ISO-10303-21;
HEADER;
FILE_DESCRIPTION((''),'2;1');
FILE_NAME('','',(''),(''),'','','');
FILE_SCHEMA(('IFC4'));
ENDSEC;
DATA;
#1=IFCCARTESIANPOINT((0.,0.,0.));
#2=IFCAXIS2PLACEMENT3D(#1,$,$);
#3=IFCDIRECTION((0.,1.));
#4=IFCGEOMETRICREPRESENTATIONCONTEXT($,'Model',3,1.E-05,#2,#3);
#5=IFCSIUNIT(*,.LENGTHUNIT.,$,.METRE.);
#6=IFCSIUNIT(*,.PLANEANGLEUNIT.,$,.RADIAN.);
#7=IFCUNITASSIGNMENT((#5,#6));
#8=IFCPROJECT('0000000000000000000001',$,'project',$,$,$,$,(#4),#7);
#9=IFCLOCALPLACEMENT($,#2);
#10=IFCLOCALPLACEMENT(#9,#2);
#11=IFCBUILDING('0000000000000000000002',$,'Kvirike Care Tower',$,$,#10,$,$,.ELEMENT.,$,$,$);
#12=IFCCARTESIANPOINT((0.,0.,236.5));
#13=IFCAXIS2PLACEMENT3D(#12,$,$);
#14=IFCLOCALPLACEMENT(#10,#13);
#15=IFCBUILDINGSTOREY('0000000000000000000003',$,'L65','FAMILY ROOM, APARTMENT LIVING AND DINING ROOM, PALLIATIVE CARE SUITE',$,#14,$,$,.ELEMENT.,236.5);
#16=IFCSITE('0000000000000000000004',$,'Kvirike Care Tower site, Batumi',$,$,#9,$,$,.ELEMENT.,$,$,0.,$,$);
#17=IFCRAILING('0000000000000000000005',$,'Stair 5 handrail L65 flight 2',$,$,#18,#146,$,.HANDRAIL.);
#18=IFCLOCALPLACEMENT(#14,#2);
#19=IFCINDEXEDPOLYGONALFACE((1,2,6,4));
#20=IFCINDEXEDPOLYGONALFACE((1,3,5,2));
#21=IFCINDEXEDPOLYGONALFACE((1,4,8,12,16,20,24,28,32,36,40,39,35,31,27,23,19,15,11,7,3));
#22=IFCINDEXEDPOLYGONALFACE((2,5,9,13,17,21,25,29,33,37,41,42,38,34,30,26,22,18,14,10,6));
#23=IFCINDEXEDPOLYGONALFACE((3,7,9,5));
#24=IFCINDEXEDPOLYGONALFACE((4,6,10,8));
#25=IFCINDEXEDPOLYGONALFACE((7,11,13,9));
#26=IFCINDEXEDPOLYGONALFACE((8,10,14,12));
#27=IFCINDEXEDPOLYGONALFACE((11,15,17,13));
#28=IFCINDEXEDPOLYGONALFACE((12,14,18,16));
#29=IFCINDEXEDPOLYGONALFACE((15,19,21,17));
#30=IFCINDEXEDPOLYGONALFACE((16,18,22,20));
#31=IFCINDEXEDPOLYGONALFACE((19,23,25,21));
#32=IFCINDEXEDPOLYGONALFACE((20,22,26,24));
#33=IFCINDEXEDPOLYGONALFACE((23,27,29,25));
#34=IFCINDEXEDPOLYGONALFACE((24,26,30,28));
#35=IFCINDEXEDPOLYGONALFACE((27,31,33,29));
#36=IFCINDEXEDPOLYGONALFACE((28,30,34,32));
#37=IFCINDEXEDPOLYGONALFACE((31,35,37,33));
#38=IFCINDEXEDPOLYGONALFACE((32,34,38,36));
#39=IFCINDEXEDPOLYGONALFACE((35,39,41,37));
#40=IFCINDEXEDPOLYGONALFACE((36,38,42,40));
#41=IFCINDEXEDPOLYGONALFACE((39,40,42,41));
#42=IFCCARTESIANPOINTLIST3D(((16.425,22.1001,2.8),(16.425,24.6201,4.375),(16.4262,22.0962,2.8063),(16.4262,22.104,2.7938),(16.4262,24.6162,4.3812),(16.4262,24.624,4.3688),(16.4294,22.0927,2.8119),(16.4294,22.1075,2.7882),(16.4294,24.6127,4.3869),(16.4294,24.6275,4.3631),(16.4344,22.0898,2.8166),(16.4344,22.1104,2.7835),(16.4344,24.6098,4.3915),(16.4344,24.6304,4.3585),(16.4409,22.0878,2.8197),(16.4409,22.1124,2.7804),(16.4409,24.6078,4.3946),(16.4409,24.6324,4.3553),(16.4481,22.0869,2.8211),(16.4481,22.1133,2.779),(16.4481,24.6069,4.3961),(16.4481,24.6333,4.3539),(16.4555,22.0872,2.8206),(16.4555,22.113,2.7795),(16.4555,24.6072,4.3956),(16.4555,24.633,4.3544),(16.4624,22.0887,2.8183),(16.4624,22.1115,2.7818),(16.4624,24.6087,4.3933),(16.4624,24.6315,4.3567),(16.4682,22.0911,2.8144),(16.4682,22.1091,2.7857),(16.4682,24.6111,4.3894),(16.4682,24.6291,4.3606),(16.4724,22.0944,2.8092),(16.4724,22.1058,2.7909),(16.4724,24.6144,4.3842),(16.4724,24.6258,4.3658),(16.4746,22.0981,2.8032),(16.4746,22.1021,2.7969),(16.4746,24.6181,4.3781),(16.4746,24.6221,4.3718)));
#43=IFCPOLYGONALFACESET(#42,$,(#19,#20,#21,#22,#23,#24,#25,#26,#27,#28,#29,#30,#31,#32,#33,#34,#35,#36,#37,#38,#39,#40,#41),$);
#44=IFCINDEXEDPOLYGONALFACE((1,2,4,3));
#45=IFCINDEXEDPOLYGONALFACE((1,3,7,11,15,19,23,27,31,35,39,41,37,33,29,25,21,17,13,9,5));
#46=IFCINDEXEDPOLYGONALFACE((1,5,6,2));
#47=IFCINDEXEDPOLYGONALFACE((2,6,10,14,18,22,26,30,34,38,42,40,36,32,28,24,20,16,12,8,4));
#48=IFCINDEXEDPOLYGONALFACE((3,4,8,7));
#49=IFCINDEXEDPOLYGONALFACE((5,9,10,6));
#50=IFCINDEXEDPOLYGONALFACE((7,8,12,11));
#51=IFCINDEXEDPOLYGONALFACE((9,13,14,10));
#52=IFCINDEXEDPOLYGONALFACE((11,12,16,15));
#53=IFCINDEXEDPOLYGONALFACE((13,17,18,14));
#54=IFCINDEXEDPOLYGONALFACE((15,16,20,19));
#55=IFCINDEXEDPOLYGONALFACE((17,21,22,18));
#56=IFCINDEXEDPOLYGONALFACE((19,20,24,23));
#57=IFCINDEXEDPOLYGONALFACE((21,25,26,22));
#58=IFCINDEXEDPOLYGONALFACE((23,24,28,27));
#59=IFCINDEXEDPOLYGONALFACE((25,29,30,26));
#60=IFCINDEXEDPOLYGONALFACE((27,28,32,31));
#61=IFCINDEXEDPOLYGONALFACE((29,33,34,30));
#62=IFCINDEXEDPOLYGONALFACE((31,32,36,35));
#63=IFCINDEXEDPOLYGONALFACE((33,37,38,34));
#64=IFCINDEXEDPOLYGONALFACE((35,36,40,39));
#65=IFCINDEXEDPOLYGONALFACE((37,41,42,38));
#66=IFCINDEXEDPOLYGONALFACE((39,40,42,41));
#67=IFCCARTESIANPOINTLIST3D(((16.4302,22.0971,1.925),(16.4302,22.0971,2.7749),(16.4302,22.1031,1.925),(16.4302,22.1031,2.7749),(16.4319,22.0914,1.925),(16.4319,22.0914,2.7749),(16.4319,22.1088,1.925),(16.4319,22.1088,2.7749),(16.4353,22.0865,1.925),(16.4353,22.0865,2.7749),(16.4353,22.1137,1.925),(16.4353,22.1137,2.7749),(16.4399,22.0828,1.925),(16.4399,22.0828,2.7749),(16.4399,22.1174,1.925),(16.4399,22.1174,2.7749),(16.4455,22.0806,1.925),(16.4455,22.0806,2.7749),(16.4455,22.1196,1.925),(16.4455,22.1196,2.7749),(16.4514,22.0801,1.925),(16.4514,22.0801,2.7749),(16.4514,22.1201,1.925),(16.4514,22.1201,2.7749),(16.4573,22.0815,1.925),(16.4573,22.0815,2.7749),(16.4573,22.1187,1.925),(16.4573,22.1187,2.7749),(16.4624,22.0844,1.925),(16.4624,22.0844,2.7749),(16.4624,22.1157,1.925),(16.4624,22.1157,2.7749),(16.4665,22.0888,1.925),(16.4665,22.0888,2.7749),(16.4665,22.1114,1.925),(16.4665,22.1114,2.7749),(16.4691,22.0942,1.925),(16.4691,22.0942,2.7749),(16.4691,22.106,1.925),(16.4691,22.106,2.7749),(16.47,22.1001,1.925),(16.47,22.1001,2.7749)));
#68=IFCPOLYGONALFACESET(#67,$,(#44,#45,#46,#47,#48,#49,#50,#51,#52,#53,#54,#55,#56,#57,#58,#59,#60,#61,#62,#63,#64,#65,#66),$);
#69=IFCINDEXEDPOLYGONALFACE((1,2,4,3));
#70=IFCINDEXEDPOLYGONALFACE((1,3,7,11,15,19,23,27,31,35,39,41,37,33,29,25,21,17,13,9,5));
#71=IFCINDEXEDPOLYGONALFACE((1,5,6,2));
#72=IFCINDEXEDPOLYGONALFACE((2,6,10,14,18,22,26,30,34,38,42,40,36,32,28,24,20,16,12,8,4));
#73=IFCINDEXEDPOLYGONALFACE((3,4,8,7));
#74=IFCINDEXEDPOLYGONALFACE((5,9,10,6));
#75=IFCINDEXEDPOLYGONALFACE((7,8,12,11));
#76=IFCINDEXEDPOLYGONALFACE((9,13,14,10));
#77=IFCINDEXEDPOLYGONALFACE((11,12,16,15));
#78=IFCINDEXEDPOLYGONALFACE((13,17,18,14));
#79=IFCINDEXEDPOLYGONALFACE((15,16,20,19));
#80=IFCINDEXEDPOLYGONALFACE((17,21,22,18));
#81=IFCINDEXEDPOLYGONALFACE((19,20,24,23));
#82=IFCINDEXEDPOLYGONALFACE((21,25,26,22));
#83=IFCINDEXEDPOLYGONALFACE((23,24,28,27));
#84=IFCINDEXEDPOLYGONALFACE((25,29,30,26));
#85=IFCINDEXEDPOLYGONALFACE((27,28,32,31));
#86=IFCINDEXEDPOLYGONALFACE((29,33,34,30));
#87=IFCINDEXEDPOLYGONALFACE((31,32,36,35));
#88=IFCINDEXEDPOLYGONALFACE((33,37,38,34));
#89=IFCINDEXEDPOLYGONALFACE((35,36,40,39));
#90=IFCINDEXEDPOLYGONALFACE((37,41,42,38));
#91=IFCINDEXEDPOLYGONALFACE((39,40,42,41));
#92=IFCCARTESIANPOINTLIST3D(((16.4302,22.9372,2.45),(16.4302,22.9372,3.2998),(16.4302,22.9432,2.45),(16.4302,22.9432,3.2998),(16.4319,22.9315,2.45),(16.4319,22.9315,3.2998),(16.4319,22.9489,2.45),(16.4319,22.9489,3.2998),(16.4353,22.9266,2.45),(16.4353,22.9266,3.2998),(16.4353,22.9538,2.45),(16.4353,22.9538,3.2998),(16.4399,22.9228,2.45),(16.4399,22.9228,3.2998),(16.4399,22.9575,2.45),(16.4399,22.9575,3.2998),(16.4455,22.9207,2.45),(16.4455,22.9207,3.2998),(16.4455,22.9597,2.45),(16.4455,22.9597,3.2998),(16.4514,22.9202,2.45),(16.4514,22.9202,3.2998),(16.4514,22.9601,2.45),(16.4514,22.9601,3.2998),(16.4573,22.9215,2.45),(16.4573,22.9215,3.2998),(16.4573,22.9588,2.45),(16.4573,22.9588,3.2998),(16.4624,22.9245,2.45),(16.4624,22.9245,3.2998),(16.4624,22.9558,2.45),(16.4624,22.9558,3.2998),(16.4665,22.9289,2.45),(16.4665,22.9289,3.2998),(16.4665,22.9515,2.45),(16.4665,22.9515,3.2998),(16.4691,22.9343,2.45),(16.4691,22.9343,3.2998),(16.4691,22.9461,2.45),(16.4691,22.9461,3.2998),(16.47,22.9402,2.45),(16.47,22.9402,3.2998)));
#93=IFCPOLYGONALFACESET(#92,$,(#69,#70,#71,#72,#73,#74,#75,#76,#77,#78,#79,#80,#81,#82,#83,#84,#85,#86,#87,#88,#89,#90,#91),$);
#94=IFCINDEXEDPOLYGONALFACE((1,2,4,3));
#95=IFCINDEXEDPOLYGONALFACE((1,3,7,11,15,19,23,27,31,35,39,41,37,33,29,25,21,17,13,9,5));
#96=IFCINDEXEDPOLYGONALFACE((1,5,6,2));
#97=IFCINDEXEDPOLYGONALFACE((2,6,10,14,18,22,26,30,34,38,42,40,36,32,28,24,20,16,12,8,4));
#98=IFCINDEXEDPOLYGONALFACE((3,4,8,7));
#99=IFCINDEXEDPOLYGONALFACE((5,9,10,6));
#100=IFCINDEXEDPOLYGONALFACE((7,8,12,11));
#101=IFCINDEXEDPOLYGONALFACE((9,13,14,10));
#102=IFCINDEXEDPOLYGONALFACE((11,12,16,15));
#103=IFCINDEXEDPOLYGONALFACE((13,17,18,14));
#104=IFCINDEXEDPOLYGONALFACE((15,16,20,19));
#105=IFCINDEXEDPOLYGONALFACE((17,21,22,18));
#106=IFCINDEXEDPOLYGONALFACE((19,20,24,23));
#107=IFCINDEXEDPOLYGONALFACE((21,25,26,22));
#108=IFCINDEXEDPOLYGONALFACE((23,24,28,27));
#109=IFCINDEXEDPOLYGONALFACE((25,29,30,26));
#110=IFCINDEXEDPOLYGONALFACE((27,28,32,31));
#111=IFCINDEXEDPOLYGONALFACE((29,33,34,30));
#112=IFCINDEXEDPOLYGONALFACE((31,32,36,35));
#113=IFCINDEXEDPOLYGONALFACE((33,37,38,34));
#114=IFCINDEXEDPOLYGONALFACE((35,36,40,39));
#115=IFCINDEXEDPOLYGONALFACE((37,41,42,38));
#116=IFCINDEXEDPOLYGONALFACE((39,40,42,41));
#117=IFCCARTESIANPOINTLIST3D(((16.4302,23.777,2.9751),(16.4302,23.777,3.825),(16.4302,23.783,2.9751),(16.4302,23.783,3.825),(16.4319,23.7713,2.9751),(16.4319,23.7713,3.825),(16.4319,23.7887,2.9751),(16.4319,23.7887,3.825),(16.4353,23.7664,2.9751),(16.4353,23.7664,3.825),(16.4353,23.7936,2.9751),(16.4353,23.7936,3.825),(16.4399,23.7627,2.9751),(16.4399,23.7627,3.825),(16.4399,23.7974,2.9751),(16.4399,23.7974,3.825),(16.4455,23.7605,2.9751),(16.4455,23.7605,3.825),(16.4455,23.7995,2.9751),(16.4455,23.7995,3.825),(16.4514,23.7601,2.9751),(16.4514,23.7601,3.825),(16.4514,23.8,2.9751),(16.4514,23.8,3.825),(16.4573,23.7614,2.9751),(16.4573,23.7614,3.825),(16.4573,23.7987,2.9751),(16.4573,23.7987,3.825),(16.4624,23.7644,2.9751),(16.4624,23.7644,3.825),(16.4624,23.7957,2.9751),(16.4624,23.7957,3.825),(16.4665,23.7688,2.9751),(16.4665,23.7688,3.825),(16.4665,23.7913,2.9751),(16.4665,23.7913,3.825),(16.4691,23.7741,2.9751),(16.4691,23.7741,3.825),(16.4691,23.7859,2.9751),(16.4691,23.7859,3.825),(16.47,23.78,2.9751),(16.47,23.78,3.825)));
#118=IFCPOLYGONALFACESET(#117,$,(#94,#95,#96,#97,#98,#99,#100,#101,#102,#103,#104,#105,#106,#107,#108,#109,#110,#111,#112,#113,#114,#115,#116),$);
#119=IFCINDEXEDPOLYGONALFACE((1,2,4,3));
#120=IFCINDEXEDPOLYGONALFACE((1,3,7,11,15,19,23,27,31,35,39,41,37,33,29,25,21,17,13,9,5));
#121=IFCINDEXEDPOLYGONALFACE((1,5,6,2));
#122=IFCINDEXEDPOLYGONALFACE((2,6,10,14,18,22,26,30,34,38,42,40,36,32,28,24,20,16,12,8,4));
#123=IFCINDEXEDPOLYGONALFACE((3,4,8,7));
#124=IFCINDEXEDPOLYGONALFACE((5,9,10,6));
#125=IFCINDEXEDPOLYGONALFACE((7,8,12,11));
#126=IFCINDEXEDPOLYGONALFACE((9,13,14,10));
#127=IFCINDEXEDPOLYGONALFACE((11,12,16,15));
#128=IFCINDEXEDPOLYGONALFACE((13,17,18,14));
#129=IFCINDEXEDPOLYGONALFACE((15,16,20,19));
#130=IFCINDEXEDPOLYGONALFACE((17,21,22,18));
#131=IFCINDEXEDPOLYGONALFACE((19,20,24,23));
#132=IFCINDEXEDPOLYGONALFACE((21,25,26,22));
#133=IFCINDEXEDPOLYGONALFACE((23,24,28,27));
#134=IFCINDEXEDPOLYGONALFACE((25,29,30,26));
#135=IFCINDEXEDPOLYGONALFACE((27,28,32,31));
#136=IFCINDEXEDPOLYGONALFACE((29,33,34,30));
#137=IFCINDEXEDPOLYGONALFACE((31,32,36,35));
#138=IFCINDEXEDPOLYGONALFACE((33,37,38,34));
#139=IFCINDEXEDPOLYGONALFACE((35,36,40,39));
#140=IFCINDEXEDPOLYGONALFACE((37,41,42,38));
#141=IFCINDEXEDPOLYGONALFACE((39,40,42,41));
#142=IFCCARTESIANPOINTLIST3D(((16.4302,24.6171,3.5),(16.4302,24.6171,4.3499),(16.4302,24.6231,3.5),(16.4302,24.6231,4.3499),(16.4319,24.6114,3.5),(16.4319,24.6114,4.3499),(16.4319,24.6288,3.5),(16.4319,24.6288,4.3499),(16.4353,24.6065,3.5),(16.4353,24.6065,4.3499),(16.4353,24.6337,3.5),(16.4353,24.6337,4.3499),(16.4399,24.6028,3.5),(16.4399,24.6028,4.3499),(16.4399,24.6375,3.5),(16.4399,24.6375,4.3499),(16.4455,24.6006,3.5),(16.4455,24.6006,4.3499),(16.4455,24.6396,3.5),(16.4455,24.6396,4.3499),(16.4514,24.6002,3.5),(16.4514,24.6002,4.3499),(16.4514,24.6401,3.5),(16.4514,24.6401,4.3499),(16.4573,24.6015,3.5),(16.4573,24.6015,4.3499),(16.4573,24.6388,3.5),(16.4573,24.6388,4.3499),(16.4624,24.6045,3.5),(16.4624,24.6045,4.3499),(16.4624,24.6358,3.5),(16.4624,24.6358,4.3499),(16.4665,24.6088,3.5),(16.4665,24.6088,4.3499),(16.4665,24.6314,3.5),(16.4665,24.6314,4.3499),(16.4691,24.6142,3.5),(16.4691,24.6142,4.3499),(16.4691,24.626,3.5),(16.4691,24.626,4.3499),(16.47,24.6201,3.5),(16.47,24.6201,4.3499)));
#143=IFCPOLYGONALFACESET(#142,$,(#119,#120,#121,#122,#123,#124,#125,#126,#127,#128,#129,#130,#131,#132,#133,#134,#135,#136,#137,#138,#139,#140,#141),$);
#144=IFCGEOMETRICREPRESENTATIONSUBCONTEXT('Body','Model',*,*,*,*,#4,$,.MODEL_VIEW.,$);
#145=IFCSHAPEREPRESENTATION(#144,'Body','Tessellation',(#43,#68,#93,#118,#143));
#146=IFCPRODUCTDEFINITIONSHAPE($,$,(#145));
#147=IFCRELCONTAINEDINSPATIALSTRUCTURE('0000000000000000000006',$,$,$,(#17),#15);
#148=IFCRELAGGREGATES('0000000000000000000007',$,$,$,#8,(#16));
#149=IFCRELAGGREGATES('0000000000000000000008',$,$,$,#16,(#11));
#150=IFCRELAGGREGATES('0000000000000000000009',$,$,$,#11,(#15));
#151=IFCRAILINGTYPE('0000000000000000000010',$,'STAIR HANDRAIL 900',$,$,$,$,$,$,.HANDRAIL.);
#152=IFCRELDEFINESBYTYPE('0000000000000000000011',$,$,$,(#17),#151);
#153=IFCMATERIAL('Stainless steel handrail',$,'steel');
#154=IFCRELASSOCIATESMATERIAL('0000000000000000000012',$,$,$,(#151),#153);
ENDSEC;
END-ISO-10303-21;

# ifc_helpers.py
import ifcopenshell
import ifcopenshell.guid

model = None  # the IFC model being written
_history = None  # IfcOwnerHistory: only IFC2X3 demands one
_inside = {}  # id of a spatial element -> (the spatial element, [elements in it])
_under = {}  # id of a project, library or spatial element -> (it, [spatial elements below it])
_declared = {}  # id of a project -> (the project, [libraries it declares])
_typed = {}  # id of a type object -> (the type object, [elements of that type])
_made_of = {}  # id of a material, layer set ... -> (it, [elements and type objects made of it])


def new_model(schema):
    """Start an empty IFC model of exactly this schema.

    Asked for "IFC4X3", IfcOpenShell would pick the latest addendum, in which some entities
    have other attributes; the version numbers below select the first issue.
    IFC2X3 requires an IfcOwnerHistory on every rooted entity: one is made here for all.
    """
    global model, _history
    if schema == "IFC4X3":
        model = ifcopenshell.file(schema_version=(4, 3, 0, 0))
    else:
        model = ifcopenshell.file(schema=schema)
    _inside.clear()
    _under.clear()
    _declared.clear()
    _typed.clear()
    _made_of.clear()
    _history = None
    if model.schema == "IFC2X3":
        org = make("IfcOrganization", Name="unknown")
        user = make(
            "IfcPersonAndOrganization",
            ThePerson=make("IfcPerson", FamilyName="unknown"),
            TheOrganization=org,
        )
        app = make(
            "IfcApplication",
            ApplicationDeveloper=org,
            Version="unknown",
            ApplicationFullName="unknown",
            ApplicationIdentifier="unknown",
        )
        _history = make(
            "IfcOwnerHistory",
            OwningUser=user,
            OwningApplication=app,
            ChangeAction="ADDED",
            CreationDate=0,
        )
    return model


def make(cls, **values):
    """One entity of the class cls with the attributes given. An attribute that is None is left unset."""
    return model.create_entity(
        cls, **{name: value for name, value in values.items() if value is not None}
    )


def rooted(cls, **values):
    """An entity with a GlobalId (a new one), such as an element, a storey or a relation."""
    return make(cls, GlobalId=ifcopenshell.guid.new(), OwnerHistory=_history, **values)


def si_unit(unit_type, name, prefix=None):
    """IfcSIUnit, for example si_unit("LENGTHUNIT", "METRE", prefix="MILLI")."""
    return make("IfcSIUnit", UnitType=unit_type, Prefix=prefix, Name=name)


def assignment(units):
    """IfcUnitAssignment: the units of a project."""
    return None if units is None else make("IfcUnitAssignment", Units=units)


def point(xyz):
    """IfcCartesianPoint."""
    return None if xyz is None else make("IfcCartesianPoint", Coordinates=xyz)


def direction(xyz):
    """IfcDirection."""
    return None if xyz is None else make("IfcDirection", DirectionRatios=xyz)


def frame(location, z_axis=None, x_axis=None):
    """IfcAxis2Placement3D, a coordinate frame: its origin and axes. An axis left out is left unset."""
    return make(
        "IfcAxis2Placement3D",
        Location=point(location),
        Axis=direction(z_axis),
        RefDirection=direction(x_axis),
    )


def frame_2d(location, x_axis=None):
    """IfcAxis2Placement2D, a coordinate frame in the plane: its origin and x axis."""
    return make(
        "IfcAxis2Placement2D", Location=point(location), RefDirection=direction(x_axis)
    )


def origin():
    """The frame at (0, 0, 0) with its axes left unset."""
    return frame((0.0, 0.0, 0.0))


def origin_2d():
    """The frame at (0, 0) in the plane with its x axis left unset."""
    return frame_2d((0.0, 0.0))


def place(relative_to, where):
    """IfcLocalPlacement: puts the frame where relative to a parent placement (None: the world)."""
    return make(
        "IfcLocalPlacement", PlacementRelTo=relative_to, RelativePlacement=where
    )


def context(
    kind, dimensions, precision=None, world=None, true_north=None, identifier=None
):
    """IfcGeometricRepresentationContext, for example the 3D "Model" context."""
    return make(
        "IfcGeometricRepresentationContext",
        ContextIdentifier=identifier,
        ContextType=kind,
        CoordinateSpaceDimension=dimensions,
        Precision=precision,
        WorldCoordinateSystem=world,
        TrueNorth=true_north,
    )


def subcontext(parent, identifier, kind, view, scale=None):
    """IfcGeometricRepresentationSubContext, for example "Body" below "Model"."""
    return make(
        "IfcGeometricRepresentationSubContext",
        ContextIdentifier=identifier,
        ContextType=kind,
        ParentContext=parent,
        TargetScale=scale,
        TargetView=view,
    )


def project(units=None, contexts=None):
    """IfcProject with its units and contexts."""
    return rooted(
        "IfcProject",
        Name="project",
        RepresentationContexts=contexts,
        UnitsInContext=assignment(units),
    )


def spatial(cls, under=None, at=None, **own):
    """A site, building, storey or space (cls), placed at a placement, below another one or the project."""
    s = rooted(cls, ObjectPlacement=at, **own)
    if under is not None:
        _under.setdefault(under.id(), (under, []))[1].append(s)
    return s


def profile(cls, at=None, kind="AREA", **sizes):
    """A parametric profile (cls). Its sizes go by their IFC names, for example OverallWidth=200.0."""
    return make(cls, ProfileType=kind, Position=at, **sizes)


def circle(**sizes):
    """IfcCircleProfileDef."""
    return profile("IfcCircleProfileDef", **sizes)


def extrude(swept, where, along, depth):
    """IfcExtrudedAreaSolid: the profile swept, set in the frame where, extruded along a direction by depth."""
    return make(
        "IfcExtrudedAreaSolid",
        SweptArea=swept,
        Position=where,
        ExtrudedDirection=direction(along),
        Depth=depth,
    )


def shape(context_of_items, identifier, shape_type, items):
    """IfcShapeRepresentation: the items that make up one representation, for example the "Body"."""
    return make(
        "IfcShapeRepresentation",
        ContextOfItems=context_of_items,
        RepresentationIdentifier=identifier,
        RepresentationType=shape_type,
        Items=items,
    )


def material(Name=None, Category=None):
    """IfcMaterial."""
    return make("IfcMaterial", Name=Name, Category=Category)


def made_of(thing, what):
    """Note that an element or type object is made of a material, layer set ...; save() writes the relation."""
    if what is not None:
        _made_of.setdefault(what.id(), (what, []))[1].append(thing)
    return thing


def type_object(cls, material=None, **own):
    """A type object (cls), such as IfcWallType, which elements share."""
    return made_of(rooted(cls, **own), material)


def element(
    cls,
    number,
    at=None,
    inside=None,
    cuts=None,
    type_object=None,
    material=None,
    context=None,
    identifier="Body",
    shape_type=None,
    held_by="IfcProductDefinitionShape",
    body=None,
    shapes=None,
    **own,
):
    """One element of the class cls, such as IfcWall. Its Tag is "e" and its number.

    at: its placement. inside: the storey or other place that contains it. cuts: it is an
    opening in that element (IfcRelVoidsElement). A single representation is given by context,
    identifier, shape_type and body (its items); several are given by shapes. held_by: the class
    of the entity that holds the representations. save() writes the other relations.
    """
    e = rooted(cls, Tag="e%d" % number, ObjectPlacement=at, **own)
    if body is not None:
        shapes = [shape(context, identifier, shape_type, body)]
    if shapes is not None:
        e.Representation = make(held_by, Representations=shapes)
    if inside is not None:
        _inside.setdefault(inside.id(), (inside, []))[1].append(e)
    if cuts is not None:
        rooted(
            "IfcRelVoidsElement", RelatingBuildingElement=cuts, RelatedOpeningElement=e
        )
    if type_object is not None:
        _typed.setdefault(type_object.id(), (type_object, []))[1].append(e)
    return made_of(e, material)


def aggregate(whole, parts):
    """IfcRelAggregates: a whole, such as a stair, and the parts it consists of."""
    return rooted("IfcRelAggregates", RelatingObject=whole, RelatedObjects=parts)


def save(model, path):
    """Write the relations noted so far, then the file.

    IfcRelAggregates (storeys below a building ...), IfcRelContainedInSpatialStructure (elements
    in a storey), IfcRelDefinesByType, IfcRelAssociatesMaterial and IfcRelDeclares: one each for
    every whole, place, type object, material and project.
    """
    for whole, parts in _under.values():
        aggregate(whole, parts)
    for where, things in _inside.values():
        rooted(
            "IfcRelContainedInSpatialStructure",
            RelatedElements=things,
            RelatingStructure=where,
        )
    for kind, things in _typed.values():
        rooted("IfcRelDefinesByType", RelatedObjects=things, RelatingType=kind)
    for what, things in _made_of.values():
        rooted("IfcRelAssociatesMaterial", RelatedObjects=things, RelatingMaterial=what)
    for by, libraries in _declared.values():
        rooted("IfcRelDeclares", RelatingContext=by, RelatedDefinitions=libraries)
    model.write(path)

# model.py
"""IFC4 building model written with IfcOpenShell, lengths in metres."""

from ifc_helpers import new_model, si_unit, direction, frame, origin, origin_2d, place, context, subcontext, project, spatial, circle, extrude, material, type_object, element, save


model = new_model("IFC4")

# Units and contexts
model_context = context("Model", 3, precision=1e-05, world=origin(), true_north=direction((0.0, 1.0)))
body_context = subcontext(model_context, "Body", "Model", "MODEL_VIEW")
ifc_project = project(units=[si_unit("LENGTHUNIT", "METRE"), si_unit("PLANEANGLEUNIT", "RADIAN")], contexts=[model_context])

# Site, building, storey
site_placement = place(None, origin())
site = spatial("IfcSite", under=ifc_project, at=site_placement, Name="Kvirike Care Tower site, Batumi", CompositionType="ELEMENT", RefElevation=0.0)
building_placement = place(site_placement, origin())
building = spatial("IfcBuilding", under=site, at=building_placement, Name="Kvirike Care Tower", CompositionType="ELEMENT")
storey_placement = place(building_placement, frame((0.0, 0.0, 236.5)))
storey = spatial("IfcBuildingStorey", under=building, at=storey_placement, Name="L65", Description="FAMILY ROOM, APARTMENT LIVING AND DINING ROOM, PALLIATIVE CARE SUITE", CompositionType="ELEMENT", Elevation=236.5)

# Railing
ifc_material_1 = material(Name="Stainless steel handrail", Category="steel")
railing_type = type_object("IfcRailingType", Name="STAIR HANDRAIL 900", PredefinedType="HANDRAIL", material=ifc_material_1)
railing_1_placement = place(storey_placement, frame((16.45, 22.1001, 1.925)))
element("IfcRailing", 1, at=railing_1_placement, inside=storey, type_object=railing_type, Name="Stair 5 handrail L65 flight 2", PredefinedType="HANDRAIL", context=body_context, shape_type="SweptSolid", body=[
    extrude(circle(Radius=0.0249, at=origin_2d()), frame((0.0, 0.0, 0.875), z_axis=(0.0, 0.848008, 0.529984), x_axis=(-1.0, 0.0, 0.0)), (0.0, 0.0, 1.0), 2.9717),
    extrude(circle(Radius=0.02, at=origin_2d()), origin(), (0.0, 0.0, 1.0), 0.8499),
    extrude(circle(Radius=0.02, at=origin_2d()), frame((0.0, 0.8401, 0.5249)), (0.0, 0.0, 1.0), 0.8499),
    extrude(circle(Radius=0.02, at=origin_2d()), frame((0.0, 1.6799, 1.05)), (0.0, 0.0, 1.0), 0.8499),
    extrude(circle(Radius=0.02, at=origin_2d()), frame((0.0, 2.52, 1.575)), (0.0, 0.0, 1.0), 0.8499),
])

save(model, "model.ifc")
